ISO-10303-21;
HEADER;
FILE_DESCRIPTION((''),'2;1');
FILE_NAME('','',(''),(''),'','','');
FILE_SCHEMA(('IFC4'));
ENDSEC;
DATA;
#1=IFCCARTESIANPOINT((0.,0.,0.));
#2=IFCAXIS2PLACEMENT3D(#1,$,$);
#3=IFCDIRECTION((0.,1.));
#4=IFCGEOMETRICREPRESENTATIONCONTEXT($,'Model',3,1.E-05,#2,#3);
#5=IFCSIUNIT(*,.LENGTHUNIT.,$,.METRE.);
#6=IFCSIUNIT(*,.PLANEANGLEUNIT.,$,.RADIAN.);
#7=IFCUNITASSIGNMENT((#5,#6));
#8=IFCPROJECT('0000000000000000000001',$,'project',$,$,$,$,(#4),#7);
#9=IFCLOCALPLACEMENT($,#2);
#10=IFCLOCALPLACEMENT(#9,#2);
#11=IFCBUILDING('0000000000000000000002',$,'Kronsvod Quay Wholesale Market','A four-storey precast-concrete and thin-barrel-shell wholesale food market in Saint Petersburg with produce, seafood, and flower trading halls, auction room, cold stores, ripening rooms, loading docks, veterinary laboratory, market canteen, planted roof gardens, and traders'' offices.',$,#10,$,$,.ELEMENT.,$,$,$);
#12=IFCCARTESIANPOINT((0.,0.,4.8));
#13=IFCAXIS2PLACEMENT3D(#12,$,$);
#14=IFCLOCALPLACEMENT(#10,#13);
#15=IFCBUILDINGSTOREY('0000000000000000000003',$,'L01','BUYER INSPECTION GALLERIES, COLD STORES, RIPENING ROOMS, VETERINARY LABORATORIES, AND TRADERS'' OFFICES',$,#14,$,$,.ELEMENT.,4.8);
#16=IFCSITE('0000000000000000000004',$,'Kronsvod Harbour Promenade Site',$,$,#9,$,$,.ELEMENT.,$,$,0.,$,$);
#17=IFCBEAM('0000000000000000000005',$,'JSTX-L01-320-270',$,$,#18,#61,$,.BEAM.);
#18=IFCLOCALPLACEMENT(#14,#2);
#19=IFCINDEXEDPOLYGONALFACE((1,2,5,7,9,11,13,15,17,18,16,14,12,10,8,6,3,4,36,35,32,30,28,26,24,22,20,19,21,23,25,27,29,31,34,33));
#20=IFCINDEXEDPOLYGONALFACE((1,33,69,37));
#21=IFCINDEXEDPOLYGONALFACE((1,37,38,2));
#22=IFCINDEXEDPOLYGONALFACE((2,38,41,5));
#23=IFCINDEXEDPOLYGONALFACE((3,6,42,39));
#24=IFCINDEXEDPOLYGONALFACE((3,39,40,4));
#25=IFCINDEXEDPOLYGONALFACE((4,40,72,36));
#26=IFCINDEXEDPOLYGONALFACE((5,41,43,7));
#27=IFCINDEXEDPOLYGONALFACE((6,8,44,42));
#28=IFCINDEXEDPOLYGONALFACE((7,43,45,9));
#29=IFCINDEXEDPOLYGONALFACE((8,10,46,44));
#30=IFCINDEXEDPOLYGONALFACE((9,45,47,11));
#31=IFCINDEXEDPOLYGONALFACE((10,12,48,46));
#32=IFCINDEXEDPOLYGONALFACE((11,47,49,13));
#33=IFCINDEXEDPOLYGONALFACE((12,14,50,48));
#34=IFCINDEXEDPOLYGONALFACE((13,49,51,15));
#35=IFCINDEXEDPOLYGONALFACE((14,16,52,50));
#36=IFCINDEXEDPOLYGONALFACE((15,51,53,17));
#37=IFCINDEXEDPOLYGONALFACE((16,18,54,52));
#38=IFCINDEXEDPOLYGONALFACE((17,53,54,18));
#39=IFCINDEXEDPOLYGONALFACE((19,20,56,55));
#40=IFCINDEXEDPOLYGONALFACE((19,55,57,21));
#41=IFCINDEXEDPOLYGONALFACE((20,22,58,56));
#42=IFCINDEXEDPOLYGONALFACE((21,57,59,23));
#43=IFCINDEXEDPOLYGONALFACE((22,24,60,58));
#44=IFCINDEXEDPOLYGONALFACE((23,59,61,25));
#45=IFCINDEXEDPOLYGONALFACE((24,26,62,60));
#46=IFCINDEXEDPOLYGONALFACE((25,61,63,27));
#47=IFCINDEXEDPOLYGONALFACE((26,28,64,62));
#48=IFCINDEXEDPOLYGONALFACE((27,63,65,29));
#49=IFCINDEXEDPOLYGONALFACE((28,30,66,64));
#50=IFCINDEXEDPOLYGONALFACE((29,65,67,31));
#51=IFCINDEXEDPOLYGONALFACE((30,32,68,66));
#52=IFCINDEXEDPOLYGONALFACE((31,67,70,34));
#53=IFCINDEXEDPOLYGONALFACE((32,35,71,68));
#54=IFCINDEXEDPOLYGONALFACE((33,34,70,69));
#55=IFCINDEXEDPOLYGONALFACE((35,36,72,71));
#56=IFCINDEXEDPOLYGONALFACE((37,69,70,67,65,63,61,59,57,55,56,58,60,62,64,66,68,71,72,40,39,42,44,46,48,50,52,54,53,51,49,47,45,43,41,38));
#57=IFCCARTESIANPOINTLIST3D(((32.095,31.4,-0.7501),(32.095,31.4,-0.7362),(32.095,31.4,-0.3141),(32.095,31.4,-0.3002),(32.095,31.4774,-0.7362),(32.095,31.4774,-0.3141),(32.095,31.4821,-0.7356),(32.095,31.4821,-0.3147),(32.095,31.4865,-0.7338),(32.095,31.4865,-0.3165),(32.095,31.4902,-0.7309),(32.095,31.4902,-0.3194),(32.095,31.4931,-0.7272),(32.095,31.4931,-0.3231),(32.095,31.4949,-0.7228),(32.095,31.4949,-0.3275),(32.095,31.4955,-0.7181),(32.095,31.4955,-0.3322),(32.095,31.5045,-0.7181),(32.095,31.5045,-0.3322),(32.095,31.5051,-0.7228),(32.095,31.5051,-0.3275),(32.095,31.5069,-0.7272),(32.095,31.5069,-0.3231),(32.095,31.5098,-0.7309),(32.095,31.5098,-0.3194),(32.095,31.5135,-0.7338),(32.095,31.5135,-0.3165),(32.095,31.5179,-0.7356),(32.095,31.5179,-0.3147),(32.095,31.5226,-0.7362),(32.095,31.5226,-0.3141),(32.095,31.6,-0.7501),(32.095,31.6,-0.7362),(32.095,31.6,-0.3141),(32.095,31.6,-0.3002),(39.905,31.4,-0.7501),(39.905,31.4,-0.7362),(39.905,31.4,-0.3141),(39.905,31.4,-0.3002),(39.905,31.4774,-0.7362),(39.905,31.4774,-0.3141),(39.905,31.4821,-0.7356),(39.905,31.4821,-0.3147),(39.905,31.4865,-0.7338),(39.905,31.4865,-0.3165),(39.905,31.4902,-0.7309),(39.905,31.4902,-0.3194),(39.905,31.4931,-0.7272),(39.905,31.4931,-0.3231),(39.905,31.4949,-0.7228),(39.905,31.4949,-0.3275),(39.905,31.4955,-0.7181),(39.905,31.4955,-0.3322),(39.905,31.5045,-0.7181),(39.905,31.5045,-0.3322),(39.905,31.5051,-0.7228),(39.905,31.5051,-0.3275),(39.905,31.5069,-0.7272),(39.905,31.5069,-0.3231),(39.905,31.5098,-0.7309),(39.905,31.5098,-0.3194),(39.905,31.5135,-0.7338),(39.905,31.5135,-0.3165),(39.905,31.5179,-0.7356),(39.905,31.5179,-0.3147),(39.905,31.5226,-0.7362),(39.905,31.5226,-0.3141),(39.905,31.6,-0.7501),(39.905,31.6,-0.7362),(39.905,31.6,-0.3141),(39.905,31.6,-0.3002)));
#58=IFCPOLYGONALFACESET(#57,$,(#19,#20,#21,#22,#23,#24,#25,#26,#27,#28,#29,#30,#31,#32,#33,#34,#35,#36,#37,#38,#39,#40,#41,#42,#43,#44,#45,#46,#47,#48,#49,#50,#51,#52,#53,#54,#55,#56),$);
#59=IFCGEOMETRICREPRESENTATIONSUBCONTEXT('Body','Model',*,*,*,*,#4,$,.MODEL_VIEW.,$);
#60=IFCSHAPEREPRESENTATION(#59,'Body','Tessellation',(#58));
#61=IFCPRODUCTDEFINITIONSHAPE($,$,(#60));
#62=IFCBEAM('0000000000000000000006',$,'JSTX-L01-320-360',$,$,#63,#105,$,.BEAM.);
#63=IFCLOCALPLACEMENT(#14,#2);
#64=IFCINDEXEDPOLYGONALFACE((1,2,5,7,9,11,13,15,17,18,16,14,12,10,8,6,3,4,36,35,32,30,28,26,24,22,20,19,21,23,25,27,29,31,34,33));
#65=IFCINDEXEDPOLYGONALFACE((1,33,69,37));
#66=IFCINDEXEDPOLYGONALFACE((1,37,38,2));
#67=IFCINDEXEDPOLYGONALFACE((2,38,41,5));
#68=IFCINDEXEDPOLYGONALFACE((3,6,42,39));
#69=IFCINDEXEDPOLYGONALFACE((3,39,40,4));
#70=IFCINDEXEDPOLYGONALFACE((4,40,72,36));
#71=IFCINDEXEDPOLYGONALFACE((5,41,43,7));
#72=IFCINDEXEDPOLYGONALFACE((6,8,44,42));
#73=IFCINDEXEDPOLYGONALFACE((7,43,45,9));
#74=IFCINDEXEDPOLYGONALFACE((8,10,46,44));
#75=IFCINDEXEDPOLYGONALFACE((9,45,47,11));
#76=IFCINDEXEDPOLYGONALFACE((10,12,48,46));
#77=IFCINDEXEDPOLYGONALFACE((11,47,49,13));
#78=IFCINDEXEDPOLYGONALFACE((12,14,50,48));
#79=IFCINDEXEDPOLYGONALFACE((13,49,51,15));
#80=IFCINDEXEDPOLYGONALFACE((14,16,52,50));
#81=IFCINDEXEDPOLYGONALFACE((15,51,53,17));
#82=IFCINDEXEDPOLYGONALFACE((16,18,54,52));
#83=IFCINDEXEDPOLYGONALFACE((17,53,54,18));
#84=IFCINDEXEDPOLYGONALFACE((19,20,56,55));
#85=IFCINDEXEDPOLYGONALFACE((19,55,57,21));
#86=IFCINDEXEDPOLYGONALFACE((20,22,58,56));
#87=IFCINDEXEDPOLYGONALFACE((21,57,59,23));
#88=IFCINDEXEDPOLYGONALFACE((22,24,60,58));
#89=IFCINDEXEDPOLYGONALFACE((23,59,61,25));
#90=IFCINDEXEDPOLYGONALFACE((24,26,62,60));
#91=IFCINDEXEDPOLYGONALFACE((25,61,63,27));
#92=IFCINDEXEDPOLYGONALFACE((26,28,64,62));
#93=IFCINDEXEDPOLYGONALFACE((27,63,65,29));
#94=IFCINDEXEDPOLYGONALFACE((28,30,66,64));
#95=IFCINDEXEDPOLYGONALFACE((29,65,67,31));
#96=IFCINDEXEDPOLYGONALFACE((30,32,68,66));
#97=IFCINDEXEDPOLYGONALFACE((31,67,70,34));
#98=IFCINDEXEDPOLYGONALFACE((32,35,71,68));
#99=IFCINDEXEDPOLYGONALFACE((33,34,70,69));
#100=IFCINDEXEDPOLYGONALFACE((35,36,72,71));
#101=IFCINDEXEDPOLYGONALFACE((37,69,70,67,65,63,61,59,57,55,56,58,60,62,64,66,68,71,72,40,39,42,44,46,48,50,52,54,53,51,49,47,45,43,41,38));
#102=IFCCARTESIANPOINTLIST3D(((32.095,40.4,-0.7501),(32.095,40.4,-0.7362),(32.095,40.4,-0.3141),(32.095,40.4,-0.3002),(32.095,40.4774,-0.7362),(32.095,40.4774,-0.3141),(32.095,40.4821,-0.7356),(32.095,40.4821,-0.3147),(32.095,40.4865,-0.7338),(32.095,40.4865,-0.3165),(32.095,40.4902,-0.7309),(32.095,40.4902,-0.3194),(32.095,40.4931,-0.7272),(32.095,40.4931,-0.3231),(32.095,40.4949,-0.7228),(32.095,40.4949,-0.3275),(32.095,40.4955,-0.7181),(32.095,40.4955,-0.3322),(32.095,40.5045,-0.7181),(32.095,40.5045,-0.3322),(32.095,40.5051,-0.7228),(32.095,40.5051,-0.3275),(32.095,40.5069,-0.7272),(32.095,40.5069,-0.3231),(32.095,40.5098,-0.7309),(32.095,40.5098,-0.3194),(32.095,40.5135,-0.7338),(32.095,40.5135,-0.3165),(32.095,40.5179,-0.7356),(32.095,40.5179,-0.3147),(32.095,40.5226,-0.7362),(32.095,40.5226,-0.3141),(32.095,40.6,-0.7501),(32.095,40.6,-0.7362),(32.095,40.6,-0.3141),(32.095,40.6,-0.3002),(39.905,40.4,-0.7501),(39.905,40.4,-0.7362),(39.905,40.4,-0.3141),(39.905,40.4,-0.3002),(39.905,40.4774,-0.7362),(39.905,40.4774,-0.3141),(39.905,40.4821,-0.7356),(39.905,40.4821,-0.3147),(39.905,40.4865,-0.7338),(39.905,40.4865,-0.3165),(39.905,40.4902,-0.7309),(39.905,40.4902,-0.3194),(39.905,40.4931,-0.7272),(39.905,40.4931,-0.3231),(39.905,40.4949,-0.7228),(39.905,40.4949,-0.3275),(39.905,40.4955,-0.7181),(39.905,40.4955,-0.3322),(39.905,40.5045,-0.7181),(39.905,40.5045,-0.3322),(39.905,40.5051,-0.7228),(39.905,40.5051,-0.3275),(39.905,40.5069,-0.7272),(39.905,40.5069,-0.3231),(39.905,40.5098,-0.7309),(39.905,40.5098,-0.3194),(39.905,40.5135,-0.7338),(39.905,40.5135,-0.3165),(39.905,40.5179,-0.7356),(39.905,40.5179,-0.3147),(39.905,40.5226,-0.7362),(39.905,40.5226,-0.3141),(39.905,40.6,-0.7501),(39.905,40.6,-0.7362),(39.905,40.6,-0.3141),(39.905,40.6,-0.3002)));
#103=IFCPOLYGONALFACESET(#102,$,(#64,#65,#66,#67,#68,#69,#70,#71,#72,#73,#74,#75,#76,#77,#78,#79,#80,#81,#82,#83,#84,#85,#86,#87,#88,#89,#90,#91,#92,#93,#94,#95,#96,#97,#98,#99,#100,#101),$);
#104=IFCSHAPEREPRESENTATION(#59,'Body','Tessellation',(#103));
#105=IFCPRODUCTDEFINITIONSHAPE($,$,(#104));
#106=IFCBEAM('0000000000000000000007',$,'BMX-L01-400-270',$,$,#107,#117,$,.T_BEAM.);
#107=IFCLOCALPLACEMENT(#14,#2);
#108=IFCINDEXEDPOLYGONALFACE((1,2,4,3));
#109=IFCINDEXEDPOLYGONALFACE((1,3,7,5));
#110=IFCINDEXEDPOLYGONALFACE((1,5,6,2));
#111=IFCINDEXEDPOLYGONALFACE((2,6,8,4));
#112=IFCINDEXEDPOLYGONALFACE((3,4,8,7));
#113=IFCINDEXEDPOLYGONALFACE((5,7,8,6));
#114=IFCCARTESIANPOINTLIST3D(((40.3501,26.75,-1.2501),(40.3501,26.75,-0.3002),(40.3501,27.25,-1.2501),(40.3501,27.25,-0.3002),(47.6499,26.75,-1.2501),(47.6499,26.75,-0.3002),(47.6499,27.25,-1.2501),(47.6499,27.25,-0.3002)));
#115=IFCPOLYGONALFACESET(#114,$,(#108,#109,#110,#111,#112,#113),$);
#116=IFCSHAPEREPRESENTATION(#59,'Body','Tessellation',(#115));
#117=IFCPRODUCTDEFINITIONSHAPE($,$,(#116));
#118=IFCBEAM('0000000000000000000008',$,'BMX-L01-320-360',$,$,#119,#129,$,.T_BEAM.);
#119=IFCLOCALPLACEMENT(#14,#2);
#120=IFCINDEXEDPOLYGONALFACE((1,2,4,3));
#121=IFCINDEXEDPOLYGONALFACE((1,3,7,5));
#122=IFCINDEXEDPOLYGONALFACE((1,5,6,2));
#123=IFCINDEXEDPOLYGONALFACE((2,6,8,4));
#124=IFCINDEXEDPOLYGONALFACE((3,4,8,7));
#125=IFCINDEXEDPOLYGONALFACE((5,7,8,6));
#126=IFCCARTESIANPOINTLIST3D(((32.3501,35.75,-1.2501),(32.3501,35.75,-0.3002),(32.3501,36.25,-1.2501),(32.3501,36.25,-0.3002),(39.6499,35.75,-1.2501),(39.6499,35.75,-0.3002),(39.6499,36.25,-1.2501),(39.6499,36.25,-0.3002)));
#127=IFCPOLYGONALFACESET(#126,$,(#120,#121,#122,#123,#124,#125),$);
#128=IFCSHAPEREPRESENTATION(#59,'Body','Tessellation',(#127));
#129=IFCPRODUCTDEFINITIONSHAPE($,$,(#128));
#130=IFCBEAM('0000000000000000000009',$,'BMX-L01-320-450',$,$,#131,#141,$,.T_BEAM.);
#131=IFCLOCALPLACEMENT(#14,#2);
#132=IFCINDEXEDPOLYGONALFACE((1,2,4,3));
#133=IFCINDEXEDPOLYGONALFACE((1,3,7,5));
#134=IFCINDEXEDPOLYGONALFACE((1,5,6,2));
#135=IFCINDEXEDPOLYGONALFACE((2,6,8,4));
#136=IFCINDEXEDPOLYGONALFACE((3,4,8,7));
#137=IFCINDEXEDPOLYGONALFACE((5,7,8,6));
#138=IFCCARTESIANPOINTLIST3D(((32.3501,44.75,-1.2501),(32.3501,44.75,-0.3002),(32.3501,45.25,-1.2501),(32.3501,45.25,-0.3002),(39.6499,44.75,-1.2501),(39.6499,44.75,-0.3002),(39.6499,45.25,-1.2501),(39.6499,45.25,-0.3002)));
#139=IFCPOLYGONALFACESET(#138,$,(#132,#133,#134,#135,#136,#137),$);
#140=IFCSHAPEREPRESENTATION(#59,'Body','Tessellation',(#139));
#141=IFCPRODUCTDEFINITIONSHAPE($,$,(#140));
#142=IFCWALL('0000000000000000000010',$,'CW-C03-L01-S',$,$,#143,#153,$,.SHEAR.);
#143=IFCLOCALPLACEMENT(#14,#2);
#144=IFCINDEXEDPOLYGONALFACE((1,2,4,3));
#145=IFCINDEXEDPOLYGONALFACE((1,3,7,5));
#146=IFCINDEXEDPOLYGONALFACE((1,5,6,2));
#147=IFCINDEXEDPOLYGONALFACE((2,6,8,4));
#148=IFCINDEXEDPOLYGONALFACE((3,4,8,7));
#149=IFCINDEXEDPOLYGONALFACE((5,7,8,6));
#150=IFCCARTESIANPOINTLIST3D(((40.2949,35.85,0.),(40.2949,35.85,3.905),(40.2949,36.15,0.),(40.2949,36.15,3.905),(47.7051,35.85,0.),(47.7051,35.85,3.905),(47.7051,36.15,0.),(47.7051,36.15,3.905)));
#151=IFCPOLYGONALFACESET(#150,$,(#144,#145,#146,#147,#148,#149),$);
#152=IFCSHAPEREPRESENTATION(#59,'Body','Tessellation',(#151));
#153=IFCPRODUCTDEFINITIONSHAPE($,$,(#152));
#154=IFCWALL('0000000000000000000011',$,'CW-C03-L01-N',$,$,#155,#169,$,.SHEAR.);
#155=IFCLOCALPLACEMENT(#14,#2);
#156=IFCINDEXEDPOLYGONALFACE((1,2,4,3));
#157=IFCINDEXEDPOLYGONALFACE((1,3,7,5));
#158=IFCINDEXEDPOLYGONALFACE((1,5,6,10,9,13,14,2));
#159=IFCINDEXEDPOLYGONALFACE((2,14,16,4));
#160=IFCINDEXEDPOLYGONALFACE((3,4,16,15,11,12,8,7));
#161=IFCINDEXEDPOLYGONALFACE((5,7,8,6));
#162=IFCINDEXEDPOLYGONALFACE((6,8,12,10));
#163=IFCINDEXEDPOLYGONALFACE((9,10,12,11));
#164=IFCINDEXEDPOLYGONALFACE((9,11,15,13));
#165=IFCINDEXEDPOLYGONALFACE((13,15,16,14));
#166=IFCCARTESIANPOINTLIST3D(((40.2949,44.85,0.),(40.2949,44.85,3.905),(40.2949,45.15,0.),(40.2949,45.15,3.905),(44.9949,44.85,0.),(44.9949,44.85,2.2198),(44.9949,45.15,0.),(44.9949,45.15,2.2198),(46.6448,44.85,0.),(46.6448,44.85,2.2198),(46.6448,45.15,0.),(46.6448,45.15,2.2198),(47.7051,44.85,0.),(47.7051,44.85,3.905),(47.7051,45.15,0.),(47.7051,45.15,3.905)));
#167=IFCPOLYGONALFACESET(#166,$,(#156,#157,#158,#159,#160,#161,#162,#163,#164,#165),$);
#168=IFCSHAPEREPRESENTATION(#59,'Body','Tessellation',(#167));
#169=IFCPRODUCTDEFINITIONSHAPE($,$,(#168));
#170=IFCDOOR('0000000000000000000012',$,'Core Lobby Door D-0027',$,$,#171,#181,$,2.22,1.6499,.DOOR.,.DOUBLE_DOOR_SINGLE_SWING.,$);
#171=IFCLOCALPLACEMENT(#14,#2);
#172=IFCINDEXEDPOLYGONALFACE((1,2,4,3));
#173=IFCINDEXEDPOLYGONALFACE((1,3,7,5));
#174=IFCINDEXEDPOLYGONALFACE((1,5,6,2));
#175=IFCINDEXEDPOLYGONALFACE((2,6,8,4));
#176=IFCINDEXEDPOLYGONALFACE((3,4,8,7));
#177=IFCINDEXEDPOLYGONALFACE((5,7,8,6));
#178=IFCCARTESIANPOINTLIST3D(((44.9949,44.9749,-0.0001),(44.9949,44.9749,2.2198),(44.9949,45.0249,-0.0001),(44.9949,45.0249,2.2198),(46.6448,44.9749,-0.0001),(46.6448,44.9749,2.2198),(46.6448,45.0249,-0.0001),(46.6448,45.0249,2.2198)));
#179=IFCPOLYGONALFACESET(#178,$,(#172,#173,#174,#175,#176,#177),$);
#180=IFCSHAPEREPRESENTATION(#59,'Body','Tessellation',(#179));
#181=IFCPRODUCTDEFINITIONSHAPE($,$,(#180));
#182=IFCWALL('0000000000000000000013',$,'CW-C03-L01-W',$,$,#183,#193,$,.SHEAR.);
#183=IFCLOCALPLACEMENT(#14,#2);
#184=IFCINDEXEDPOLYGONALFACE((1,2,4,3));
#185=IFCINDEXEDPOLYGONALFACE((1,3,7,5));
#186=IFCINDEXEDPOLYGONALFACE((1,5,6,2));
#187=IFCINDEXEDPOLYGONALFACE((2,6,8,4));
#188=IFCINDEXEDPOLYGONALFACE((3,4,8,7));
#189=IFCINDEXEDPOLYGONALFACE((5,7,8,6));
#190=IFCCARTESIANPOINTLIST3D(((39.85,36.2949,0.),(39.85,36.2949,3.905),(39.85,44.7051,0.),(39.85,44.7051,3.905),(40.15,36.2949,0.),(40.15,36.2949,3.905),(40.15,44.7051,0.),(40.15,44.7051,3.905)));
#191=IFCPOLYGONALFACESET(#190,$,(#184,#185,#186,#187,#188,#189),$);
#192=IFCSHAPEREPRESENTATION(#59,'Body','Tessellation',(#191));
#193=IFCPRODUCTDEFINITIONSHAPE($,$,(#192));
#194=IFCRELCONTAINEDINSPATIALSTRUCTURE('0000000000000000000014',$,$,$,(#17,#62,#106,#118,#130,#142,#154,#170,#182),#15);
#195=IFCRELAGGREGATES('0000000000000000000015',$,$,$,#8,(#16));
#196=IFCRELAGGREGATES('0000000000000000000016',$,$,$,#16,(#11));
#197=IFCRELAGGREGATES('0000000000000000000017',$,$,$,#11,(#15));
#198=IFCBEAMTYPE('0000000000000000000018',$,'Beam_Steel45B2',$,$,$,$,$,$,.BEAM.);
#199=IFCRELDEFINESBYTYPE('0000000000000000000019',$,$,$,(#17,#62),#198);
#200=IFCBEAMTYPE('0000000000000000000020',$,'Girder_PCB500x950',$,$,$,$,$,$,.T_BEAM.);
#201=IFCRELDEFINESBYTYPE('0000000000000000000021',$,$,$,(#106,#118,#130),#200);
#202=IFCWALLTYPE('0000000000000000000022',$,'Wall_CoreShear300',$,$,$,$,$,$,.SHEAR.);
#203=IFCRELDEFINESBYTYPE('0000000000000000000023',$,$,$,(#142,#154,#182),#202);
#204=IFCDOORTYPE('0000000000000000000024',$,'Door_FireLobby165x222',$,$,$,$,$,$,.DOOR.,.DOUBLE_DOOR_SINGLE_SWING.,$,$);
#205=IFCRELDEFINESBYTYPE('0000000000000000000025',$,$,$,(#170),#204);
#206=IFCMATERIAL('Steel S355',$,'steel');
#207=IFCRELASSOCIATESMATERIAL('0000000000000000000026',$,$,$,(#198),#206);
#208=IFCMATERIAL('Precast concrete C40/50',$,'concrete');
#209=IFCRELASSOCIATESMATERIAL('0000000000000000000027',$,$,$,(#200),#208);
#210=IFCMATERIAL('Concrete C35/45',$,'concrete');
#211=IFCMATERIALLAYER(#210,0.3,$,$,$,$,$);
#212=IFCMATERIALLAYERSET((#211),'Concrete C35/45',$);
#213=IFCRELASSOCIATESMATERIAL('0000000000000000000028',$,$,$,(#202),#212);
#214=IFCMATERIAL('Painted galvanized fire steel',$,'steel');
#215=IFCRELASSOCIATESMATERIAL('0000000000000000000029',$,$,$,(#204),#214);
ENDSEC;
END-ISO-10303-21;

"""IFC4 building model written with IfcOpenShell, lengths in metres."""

from ifc_helpers import new_model, si_unit, direction, frame, frame_2d, origin, origin_2d, place, context, subcontext, project, spatial, rectangle, i_section, extrude, material, layer, layer_set, material_profile, profile_set, type_object, element, fill, save


model = new_model("IFC4")

# Units and contexts
model_context = context("Model", 3, precision=1e-05, world=origin(), true_north=direction((0.0, 1.0)))
body_context = subcontext(model_context, "Body", "Model", "MODEL_VIEW")
ifc_project = project(units=[si_unit("LENGTHUNIT", "METRE"), si_unit("PLANEANGLEUNIT", "RADIAN")], contexts=[model_context])

# Site, building, storey
site_placement = place(None, origin())
site = spatial("IfcSite", under=ifc_project, at=site_placement, Name="Kronsvod Harbour Promenade Site", CompositionType="ELEMENT", RefElevation=0.0)
building_placement = place(site_placement, origin())
building = spatial("IfcBuilding", under=site, at=building_placement, Name="Kronsvod Quay Wholesale Market", Description="A four-storey precast-concrete and thin-barrel-shell wholesale food market in Saint Petersburg with produce, seafood, and flower trading halls, auction room, cold stores, ripening rooms, loading docks, veterinary laboratory, market canteen, planted roof gardens, and traders' offices.", CompositionType="ELEMENT")
storey_placement = place(building_placement, frame((0.0, 0.0, 4.8)))
storey = spatial("IfcBuildingStorey", under=building, at=storey_placement, Name="L01", Description="BUYER INSPECTION GALLERIES, COLD STORES, RIPENING ROOMS, VETERINARY LABORATORIES, AND TRADERS' OFFICES", CompositionType="ELEMENT", Elevation=4.8)

# Beams
ifc_material_1 = material(Name="Steel S355", Category="steel")
ifc_material_profile_1 = material_profile(ifc_material_1, i_section(OverallWidth=0.2, OverallDepth=0.45, WebThickness=0.009, FlangeThickness=0.0139, FilletRadius=0.0181, at=origin_2d()), Name="45B2")
ifc_profile_set_1 = profile_set([ifc_material_profile_1], Name="Steel S355")
beam_type_1 = type_object("IfcBeamType", Name="Beam_Steel45B2", PredefinedType="BEAM", material=ifc_profile_set_1)
for number, where, z_axis, x_axis, name in (
    (1, (32.095, 31.5, -0.5251), (1.0, 0.0, 0.0), (0.0, 1.0, 0.0), "JSTX-L01-320-270"),
    (2, (32.095, 40.5, -0.5251), (1.0, 0.0, 0.0), (0.0, 1.0, 0.0), "JSTX-L01-320-360"),
):
    element("IfcBeam", number, at=place(storey_placement, frame(where, z_axis=z_axis, x_axis=x_axis)), inside=storey, type_object=beam_type_1, Name=name, PredefinedType="BEAM", context=body_context, shape_type="SweptSolid", body=[
        extrude(i_section(OverallWidth=0.2, OverallDepth=0.45, WebThickness=0.009, FlangeThickness=0.0139, FilletRadius=0.0181, at=origin_2d()), origin(), (0.0, 0.0, 1.0), 7.8101),
    ])
ifc_material_2 = material(Name="Precast concrete C40/50", Category="concrete")
ifc_material_profile_2 = material_profile(ifc_material_2, rectangle(XDim=0.5, YDim=0.95, at=origin_2d()), Name="PCB500x950")
ifc_profile_set_2 = profile_set([ifc_material_profile_2], Name="Precast concrete C40/50")
beam_type_2 = type_object("IfcBeamType", Name="Girder_PCB500x950", PredefinedType="T_BEAM", material=ifc_profile_set_2)
for number, where, z_axis, x_axis, name in (
    (3, (40.3501, 27.0, -0.7751), (1.0, 0.0, 0.0), (0.0, 1.0, 0.0), "BMX-L01-400-270"),
    (4, (32.3501, 36.0, -0.7751), (1.0, 0.0, 0.0), (0.0, 1.0, 0.0), "BMX-L01-320-360"),
    (5, (32.3501, 45.0, -0.7751), (1.0, 0.0, 0.0), (0.0, 1.0, 0.0), "BMX-L01-320-450"),
):
    element("IfcBeam", number, at=place(storey_placement, frame(where, z_axis=z_axis, x_axis=x_axis)), inside=storey, type_object=beam_type_2, Name=name, PredefinedType="T_BEAM", context=body_context, shape_type="SweptSolid", body=[
        extrude(rectangle(XDim=0.5, YDim=0.95, at=origin_2d()), origin(), (0.0, 0.0, 1.0), 7.2998),
    ])

# Wall
ifc_material_3 = material(Name="Concrete C35/45", Category="concrete")
ifc_layer_1 = layer(ifc_material_3, 0.3)
ifc_layer_set_1 = layer_set([ifc_layer_1], Name="Concrete C35/45")
wall_type_1 = type_object("IfcWallType", Name="Wall_CoreShear300", PredefinedType="SHEAR", material=ifc_layer_set_1)
wall_1_placement = place(storey_placement, frame((40.2949, 36.0, 0.0), z_axis=(0.0, 0.0, 1.0), x_axis=(1.0, 0.0, 0.0)))
element("IfcWall", 6, at=wall_1_placement, inside=storey, type_object=wall_type_1, Name="CW-C03-L01-S", PredefinedType="SHEAR", context=body_context, shape_type="SweptSolid", body=[
    extrude(rectangle(XDim=7.4102, YDim=0.3, at=frame_2d((3.7051, 0.0))), origin(), (0.0, 0.0, 1.0), 3.905),
])

# Wall, opening, door
wall_2_placement = place(storey_placement, frame((40.2949, 45.0, 0.0), z_axis=(0.0, 0.0, 1.0), x_axis=(1.0, 0.0, 0.0)))
wall_2 = element("IfcWall", 7, at=wall_2_placement, inside=storey, type_object=wall_type_1, Name="CW-C03-L01-N", PredefinedType="SHEAR", context=body_context, shape_type="SweptSolid", body=[
    extrude(rectangle(XDim=7.4102, YDim=0.3, at=frame_2d((3.7051, 0.0))), origin(), (0.0, 0.0, 1.0), 3.905),
])
opening_1_placement = place(wall_2_placement, frame((4.7, 0.0, 0.0)))
opening_1 = element("IfcOpeningElement", 8, at=opening_1_placement, cuts=wall_2, PredefinedType="OPENING", context=body_context, shape_type="SweptSolid", body=[
    extrude(rectangle(XDim=1.6499, YDim=2.22, at=frame_2d((0.825, 1.1099))), frame((0.0, 0.1602, 0.0), z_axis=(0.0, -1.0, 0.0), x_axis=(1.0, 0.0, 0.0)), (0.0, 0.0, 1.0), 0.3201),
])
ifc_material_4 = material(Name="Painted galvanized fire steel", Category="steel")
door_type_1 = type_object("IfcDoorType", Name="Door_FireLobby165x222", OperationType="DOUBLE_DOOR_SINGLE_SWING", PredefinedType="DOOR", material=ifc_material_4)
door_1_placement = place(opening_1_placement, origin())
door_1 = element("IfcDoor", 9, at=door_1_placement, inside=storey, type_object=door_type_1, Name="Core Lobby Door D-0027", OperationType="DOUBLE_DOOR_SINGLE_SWING", OverallHeight=2.22, OverallWidth=1.6499, PredefinedType="DOOR", context=body_context, shape_type="SweptSolid", body=[
    extrude(rectangle(XDim=1.6499, YDim=2.22, at=frame_2d((0.825, 1.1099))), frame((0.0, 0.0249, 0.0), z_axis=(0.0, -1.0, 0.0), x_axis=(1.0, 0.0, 0.0)), (0.0, 0.0, 1.0), 0.05),
])
fill(opening_1, door_1)

# Wall
wall_3_placement = place(storey_placement, frame((40.0, 36.2949, 0.0), z_axis=(0.0, 0.0, 1.0), x_axis=(0.0, 1.0, 0.0)))
element("IfcWall", 10, at=wall_3_placement, inside=storey, type_object=wall_type_1, Name="CW-C03-L01-W", PredefinedType="SHEAR", context=body_context, shape_type="SweptSolid", body=[
    extrude(rectangle(XDim=8.4102, YDim=0.3, at=frame_2d((4.2051, 0.0))), origin(), (0.0, 0.0, 1.0), 3.905),
])

save(model, "model.ifc")
